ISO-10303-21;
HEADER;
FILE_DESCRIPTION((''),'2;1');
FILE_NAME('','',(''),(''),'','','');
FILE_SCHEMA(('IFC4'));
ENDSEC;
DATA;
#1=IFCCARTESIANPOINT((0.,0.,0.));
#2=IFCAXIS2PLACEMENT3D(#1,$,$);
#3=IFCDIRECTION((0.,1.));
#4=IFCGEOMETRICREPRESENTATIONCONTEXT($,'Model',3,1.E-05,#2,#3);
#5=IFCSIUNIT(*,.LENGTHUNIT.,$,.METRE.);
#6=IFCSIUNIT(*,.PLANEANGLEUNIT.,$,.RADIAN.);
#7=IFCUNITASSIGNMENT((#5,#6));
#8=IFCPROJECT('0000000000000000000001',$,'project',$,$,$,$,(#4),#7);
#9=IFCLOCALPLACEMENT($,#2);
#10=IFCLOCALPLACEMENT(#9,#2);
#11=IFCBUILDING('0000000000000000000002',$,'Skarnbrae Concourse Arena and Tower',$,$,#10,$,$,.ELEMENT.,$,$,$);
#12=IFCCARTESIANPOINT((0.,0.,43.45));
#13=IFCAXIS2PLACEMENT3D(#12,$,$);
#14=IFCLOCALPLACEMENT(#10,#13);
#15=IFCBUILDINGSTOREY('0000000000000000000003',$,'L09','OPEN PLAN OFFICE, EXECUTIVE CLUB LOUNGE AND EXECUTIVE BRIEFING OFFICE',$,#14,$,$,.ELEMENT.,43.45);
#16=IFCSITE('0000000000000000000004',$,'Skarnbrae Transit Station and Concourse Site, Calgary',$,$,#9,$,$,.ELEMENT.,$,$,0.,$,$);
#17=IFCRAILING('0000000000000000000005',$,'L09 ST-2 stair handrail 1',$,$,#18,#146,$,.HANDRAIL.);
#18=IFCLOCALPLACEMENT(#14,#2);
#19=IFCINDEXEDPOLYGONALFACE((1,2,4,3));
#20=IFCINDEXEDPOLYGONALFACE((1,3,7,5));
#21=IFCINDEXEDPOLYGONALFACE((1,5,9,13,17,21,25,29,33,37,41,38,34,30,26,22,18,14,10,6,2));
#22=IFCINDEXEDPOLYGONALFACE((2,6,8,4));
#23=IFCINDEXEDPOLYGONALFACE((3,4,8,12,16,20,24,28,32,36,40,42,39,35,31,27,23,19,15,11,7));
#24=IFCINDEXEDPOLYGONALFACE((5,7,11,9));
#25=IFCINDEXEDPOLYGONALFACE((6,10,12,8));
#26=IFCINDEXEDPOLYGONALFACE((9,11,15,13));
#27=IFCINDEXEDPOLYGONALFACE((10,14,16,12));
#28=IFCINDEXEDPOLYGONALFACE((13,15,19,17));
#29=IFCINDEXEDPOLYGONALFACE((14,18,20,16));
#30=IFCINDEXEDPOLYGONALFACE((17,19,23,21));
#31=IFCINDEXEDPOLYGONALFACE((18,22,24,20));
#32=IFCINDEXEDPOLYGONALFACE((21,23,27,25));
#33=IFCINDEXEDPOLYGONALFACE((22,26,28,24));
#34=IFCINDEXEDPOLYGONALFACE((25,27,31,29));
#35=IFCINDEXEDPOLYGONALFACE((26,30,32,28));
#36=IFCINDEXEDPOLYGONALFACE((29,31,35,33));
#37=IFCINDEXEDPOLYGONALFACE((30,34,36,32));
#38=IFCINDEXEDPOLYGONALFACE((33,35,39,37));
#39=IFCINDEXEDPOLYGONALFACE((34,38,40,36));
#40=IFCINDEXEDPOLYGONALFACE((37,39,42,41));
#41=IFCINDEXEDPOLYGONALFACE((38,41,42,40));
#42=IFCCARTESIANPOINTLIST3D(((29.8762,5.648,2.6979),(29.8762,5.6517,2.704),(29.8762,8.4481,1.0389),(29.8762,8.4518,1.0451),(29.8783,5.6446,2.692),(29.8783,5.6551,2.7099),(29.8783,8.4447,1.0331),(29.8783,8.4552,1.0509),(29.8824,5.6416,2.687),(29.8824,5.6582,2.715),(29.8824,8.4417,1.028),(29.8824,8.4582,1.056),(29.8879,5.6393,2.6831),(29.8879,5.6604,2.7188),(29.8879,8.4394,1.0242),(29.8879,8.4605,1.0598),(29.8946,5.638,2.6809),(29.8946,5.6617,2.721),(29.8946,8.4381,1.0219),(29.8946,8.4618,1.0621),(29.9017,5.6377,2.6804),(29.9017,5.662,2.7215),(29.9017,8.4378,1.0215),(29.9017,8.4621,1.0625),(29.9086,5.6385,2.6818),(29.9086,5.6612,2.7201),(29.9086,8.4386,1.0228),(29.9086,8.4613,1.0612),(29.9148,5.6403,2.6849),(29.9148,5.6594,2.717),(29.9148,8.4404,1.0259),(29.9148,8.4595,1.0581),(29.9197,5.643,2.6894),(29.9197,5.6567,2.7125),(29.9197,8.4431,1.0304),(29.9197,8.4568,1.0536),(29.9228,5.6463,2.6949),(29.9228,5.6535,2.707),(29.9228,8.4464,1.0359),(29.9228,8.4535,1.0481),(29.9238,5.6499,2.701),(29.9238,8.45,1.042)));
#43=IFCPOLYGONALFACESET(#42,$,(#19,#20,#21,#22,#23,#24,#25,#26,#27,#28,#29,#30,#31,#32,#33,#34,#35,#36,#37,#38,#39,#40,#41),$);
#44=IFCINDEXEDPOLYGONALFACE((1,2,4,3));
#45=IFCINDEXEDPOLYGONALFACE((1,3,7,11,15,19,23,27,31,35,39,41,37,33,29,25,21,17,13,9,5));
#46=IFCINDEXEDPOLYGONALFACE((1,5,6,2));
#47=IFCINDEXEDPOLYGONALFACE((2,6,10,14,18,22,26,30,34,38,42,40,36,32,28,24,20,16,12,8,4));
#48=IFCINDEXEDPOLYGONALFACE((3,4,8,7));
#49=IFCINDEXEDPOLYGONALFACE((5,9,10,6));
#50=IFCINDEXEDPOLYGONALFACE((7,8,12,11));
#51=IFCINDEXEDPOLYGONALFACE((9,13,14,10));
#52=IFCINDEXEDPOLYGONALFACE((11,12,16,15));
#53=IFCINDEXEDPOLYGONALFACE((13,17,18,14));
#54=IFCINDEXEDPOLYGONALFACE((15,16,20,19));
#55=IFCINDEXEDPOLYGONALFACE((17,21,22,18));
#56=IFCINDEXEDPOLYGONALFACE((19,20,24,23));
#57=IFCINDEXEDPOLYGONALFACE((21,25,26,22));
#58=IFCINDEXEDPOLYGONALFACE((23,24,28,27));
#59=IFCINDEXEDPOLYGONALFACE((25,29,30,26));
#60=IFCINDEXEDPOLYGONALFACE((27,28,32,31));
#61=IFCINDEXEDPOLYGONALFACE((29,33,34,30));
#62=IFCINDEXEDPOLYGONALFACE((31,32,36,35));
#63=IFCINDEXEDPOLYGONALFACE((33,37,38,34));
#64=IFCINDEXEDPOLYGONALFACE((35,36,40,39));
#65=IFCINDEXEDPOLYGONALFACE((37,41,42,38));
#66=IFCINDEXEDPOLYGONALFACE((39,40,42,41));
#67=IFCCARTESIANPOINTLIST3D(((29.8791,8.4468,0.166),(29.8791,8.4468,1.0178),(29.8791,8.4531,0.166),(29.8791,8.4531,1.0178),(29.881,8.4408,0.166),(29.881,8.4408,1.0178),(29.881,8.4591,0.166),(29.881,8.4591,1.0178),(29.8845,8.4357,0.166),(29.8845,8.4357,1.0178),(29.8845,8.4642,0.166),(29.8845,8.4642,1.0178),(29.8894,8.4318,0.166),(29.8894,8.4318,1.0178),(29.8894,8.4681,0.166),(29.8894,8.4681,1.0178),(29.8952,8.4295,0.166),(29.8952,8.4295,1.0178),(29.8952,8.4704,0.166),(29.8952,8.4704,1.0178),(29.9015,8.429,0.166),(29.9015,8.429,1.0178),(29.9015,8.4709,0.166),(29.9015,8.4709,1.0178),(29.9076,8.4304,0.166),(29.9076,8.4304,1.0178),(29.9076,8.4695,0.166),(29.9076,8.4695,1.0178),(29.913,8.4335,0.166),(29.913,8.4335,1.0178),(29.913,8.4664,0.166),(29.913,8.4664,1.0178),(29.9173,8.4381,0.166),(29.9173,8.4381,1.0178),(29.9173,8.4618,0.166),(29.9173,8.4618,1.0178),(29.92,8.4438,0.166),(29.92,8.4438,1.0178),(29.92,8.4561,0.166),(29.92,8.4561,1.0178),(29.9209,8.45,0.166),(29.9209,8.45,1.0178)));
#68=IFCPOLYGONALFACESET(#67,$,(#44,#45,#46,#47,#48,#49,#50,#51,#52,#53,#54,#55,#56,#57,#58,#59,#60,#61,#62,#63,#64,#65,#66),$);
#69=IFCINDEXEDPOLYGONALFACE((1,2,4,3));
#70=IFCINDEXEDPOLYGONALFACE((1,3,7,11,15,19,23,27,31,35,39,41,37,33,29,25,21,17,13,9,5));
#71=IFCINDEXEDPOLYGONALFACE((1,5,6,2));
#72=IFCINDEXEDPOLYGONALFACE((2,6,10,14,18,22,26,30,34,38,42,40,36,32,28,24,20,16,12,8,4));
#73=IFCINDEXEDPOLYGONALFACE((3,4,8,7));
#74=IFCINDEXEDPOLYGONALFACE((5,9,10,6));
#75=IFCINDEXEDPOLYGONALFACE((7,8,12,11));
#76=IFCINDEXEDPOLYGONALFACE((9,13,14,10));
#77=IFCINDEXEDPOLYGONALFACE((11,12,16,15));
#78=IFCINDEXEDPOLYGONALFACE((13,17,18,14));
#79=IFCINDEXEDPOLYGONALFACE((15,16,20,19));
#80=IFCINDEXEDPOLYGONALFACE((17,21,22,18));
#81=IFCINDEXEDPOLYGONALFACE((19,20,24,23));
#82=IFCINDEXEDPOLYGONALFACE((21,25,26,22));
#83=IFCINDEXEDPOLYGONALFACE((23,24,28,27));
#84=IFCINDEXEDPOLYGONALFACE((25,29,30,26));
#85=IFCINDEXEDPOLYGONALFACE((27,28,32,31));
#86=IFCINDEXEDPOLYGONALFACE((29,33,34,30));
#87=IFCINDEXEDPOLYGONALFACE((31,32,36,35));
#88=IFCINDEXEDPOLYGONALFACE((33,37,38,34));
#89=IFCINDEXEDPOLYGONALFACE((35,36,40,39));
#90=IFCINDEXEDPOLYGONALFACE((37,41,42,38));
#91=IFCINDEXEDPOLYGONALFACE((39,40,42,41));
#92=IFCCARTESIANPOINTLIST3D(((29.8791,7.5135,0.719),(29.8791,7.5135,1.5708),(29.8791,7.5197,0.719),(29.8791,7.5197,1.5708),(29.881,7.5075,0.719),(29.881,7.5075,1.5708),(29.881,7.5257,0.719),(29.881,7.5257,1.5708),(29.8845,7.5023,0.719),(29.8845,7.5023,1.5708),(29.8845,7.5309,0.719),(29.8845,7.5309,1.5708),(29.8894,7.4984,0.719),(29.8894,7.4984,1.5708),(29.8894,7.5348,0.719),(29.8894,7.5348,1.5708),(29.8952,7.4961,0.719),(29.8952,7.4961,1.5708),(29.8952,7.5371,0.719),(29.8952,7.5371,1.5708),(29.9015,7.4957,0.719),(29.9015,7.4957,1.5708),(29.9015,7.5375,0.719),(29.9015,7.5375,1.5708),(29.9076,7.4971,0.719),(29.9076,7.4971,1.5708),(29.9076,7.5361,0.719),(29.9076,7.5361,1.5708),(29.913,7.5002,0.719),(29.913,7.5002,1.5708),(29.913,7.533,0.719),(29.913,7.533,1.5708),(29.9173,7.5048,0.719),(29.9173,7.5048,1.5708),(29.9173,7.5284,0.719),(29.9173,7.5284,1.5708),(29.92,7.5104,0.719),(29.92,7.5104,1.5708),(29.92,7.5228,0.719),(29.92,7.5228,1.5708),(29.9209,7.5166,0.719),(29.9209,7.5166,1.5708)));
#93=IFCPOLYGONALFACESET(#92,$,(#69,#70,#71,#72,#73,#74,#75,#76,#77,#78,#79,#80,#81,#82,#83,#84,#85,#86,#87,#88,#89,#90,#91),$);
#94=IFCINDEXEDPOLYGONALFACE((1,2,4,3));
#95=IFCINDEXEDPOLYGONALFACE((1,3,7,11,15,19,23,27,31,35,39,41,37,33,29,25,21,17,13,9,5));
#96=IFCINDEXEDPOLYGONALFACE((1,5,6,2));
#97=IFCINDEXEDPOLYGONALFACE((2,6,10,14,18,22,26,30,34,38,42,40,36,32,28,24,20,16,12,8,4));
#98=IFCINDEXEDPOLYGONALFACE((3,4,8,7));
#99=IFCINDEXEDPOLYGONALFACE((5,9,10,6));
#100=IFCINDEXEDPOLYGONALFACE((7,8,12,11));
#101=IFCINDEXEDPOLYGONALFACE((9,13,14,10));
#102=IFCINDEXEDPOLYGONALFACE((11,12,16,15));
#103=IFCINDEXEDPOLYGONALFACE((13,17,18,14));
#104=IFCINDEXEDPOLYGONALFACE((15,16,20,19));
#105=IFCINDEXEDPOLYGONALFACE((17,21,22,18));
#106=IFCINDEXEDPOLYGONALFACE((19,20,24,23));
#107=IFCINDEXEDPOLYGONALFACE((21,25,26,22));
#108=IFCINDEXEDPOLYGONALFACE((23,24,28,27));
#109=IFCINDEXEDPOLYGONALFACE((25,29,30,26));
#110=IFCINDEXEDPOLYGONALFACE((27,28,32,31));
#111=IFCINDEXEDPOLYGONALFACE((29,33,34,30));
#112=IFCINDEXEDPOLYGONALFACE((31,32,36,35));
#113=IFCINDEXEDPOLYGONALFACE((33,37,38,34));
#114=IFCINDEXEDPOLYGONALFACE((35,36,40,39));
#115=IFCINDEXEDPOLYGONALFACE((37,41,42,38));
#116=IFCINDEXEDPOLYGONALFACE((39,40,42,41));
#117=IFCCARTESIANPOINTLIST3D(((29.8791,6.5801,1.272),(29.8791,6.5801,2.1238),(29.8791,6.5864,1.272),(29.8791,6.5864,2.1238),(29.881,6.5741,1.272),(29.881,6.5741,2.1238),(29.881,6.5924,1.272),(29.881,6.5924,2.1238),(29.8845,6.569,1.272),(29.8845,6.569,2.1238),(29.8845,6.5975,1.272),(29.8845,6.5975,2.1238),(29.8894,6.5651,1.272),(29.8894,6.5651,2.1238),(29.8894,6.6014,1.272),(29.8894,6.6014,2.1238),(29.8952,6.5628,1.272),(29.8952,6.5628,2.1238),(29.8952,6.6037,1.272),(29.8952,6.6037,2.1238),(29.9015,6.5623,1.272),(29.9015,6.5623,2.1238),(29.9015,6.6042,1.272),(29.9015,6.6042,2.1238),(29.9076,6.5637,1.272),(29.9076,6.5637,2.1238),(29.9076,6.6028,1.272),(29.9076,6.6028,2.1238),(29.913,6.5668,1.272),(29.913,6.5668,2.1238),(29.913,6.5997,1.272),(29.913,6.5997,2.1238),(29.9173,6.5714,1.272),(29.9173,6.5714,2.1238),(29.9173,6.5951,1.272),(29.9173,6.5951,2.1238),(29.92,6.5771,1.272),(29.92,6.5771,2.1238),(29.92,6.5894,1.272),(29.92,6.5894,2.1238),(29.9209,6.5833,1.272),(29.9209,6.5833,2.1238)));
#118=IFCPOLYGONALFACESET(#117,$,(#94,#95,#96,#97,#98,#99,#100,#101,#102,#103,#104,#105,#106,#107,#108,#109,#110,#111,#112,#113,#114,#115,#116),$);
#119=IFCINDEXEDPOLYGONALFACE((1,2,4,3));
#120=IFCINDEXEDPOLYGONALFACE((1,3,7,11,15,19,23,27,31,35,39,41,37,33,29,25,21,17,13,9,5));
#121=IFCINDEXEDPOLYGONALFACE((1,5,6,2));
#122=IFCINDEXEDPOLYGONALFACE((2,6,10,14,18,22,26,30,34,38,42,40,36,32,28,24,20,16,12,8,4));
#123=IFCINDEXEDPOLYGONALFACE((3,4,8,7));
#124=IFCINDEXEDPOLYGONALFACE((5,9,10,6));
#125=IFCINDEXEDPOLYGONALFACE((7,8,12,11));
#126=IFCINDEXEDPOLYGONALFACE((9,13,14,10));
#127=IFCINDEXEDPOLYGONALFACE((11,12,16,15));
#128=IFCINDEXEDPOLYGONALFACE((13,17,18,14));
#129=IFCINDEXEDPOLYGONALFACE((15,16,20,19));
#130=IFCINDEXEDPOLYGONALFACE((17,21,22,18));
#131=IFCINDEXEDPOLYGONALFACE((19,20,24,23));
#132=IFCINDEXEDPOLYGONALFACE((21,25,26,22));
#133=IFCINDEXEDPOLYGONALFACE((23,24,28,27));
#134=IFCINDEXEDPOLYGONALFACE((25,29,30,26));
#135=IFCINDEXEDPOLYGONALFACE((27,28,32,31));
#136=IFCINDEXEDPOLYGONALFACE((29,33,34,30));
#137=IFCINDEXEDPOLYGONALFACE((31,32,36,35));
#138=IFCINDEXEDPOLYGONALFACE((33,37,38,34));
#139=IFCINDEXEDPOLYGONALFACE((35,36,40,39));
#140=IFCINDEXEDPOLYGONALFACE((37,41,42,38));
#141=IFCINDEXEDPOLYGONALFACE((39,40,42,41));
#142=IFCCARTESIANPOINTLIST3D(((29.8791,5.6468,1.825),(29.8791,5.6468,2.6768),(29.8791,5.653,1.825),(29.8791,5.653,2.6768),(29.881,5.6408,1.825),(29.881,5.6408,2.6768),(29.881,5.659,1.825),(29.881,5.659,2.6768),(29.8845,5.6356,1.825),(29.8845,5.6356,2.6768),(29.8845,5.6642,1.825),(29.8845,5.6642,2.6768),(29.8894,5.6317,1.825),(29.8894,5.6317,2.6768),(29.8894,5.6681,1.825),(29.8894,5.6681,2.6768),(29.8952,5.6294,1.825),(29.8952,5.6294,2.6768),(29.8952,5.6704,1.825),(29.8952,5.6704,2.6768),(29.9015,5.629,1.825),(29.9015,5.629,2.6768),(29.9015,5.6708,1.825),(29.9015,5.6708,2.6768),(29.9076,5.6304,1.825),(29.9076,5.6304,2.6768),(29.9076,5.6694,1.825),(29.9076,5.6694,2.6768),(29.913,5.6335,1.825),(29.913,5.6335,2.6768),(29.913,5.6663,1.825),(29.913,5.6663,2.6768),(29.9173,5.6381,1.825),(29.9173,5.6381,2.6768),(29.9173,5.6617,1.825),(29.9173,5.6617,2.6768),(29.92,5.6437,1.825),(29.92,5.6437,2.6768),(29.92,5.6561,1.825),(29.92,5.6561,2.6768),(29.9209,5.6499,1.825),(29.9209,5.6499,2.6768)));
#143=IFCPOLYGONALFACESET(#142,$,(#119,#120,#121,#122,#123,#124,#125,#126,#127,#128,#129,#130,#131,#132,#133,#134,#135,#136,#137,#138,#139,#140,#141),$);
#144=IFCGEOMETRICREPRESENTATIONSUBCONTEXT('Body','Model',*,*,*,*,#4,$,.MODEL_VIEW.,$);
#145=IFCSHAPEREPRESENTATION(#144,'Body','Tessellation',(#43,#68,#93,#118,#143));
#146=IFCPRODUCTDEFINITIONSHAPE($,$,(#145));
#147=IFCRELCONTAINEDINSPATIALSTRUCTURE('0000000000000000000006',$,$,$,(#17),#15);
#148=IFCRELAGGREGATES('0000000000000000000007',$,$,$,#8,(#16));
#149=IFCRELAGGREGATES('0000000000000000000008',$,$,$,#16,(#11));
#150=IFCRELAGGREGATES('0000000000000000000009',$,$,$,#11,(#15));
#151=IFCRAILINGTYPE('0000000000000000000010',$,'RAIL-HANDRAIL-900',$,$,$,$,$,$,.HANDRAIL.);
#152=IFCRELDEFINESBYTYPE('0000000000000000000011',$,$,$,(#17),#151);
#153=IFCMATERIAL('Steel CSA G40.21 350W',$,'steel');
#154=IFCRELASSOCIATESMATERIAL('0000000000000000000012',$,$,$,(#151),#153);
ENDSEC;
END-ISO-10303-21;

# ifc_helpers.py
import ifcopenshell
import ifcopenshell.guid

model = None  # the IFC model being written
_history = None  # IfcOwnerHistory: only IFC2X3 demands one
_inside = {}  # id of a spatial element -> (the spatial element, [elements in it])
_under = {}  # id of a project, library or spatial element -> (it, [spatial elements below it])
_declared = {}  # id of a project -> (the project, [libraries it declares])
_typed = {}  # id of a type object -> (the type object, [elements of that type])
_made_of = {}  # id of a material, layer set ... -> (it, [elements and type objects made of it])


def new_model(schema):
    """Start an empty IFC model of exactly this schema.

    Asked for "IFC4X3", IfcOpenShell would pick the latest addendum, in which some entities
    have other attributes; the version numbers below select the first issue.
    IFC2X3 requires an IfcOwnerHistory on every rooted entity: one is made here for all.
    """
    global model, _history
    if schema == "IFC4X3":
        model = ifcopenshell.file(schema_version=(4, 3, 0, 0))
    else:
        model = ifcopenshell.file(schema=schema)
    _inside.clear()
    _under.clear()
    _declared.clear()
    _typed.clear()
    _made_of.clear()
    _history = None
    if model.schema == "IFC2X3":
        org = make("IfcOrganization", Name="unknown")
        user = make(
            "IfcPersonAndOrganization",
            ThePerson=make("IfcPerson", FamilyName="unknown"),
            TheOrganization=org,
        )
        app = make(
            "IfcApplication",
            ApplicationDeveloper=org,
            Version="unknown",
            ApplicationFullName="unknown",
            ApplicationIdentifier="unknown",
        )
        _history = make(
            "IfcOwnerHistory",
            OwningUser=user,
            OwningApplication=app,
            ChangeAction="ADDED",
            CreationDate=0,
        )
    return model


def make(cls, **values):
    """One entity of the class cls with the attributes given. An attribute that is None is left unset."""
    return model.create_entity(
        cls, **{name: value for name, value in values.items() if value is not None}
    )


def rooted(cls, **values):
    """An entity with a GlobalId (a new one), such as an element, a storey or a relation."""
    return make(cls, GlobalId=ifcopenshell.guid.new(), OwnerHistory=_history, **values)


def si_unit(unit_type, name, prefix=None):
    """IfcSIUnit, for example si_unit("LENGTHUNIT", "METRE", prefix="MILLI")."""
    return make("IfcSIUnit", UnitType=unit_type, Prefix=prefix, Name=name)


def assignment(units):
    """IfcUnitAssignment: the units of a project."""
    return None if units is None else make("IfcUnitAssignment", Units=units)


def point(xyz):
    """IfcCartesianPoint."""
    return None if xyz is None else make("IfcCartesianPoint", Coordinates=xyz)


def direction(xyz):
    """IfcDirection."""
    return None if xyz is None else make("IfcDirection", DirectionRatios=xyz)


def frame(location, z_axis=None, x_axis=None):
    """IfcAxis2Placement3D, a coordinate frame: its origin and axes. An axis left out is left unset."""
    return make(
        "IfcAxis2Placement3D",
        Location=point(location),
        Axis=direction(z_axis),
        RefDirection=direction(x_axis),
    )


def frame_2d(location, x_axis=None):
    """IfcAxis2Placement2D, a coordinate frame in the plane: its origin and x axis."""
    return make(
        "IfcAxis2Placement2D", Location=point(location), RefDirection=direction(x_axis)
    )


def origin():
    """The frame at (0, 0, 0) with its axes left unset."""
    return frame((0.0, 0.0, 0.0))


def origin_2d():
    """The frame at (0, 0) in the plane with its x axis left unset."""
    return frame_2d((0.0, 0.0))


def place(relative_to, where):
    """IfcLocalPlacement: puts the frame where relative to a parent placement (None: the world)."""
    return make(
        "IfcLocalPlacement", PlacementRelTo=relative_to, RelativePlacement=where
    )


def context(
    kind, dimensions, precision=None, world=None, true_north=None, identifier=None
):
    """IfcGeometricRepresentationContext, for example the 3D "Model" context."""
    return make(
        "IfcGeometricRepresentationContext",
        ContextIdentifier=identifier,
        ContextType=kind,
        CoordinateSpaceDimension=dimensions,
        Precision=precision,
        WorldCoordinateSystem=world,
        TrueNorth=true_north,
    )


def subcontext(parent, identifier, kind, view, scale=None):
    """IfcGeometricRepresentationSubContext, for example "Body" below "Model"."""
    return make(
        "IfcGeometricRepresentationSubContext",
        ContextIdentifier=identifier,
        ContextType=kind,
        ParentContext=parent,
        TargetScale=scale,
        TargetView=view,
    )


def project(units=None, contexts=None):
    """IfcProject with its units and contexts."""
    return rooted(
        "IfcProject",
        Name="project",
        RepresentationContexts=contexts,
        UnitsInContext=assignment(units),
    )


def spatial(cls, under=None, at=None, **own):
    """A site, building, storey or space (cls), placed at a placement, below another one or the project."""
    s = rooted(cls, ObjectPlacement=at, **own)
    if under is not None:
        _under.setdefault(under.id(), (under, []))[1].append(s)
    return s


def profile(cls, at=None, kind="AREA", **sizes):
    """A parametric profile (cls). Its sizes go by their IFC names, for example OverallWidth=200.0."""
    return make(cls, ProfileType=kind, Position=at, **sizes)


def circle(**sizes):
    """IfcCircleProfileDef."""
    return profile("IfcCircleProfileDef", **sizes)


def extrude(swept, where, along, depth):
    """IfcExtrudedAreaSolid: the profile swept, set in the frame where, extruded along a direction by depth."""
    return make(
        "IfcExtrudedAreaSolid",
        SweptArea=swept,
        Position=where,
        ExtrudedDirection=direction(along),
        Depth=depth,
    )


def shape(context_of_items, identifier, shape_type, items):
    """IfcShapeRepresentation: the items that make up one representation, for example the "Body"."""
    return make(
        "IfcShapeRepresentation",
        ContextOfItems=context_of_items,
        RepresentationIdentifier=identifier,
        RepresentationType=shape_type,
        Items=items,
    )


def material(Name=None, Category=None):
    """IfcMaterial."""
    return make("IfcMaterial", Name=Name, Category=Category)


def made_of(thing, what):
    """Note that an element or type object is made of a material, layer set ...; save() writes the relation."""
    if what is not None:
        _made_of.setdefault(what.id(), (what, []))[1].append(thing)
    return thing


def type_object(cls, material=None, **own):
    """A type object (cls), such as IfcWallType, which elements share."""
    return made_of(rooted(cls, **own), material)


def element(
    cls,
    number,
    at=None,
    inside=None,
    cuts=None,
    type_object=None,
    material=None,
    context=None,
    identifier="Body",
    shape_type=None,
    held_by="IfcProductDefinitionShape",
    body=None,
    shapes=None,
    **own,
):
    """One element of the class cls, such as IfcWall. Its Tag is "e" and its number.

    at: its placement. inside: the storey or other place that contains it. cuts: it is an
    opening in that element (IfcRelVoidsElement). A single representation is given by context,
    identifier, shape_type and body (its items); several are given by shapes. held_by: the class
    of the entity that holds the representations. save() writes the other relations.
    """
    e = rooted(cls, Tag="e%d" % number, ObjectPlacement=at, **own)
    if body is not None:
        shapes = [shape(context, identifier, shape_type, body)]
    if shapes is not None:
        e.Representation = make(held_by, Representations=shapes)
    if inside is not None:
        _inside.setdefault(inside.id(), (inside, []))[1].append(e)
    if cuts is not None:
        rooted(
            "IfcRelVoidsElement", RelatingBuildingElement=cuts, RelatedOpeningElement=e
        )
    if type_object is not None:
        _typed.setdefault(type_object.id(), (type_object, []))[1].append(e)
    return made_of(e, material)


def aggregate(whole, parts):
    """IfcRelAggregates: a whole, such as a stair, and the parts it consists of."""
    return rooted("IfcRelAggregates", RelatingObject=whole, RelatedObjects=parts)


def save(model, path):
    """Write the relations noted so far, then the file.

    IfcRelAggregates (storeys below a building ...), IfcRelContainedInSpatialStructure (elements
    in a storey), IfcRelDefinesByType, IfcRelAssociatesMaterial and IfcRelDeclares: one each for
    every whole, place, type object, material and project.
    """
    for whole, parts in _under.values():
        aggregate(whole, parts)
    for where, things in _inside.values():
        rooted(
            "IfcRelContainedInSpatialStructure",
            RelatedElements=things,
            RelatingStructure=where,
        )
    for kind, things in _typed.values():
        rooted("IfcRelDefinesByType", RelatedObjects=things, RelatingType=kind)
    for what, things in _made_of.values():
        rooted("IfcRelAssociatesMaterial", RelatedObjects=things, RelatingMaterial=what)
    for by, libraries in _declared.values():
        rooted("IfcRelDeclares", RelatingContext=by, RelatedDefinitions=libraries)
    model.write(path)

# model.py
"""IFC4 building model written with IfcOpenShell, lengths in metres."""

from ifc_helpers import new_model, si_unit, direction, frame, origin, origin_2d, place, context, subcontext, project, spatial, circle, extrude, material, type_object, element, save


model = new_model("IFC4")

# Units and contexts
model_context = context("Model", 3, precision=1e-05, world=origin(), true_north=direction((0.0, 1.0)))
body_context = subcontext(model_context, "Body", "Model", "MODEL_VIEW")
ifc_project = project(units=[si_unit("LENGTHUNIT", "METRE"), si_unit("PLANEANGLEUNIT", "RADIAN")], contexts=[model_context])

# Site, building, storey
site_placement = place(None, origin())
site = spatial("IfcSite", under=ifc_project, at=site_placement, Name="Skarnbrae Transit Station and Concourse Site, Calgary", CompositionType="ELEMENT", RefElevation=0.0)
building_placement = place(site_placement, origin())
building = spatial("IfcBuilding", under=site, at=building_placement, Name="Skarnbrae Concourse Arena and Tower", CompositionType="ELEMENT")
storey_placement = place(building_placement, frame((0.0, 0.0, 43.45)))
storey = spatial("IfcBuildingStorey", under=building, at=storey_placement, Name="L09", Description="OPEN PLAN OFFICE, EXECUTIVE CLUB LOUNGE AND EXECUTIVE BRIEFING OFFICE", CompositionType="ELEMENT", Elevation=43.45)

# Shared definitions
ifc_material_1 = material(Name="Steel CSA G40.21 350W", Category="steel")

# Railing
railing_type_1 = type_object("IfcRailingType", Name="RAIL-HANDRAIL-900", PredefinedType="HANDRAIL", material=ifc_material_1)
railing_1_placement = place(storey_placement, frame((29.8999, 8.45, 0.166)))
element("IfcRailing", 1, at=railing_1_placement, inside=storey, type_object=railing_type_1, Name="L09 ST-2 stair handrail 1", PredefinedType="HANDRAIL", context=body_context, shape_type="SweptSolid", body=[
    extrude(circle(Radius=0.0239, at=origin_2d()), frame((0.0, 0.0, 0.876), z_axis=(0.0, -0.860339, 0.509722), x_axis=(1.0, 0.0, 0.0)), (0.0, 0.0, 1.0), 3.2546),
    extrude(circle(Radius=0.021, at=origin_2d()), origin(), (0.0, 0.0, 1.0), 0.8518),
    extrude(circle(Radius=0.021, at=origin_2d()), frame((0.0, -0.9333, 0.553)), (0.0, 0.0, 1.0), 0.8518),
    extrude(circle(Radius=0.021, at=origin_2d()), frame((0.0, -1.8667, 1.106)), (0.0, 0.0, 1.0), 0.8518),
    extrude(circle(Radius=0.021, at=origin_2d()), frame((0.0, -2.8, 1.6589)), (0.0, 0.0, 1.0), 0.8518),
])

save(model, "model.ifc")
